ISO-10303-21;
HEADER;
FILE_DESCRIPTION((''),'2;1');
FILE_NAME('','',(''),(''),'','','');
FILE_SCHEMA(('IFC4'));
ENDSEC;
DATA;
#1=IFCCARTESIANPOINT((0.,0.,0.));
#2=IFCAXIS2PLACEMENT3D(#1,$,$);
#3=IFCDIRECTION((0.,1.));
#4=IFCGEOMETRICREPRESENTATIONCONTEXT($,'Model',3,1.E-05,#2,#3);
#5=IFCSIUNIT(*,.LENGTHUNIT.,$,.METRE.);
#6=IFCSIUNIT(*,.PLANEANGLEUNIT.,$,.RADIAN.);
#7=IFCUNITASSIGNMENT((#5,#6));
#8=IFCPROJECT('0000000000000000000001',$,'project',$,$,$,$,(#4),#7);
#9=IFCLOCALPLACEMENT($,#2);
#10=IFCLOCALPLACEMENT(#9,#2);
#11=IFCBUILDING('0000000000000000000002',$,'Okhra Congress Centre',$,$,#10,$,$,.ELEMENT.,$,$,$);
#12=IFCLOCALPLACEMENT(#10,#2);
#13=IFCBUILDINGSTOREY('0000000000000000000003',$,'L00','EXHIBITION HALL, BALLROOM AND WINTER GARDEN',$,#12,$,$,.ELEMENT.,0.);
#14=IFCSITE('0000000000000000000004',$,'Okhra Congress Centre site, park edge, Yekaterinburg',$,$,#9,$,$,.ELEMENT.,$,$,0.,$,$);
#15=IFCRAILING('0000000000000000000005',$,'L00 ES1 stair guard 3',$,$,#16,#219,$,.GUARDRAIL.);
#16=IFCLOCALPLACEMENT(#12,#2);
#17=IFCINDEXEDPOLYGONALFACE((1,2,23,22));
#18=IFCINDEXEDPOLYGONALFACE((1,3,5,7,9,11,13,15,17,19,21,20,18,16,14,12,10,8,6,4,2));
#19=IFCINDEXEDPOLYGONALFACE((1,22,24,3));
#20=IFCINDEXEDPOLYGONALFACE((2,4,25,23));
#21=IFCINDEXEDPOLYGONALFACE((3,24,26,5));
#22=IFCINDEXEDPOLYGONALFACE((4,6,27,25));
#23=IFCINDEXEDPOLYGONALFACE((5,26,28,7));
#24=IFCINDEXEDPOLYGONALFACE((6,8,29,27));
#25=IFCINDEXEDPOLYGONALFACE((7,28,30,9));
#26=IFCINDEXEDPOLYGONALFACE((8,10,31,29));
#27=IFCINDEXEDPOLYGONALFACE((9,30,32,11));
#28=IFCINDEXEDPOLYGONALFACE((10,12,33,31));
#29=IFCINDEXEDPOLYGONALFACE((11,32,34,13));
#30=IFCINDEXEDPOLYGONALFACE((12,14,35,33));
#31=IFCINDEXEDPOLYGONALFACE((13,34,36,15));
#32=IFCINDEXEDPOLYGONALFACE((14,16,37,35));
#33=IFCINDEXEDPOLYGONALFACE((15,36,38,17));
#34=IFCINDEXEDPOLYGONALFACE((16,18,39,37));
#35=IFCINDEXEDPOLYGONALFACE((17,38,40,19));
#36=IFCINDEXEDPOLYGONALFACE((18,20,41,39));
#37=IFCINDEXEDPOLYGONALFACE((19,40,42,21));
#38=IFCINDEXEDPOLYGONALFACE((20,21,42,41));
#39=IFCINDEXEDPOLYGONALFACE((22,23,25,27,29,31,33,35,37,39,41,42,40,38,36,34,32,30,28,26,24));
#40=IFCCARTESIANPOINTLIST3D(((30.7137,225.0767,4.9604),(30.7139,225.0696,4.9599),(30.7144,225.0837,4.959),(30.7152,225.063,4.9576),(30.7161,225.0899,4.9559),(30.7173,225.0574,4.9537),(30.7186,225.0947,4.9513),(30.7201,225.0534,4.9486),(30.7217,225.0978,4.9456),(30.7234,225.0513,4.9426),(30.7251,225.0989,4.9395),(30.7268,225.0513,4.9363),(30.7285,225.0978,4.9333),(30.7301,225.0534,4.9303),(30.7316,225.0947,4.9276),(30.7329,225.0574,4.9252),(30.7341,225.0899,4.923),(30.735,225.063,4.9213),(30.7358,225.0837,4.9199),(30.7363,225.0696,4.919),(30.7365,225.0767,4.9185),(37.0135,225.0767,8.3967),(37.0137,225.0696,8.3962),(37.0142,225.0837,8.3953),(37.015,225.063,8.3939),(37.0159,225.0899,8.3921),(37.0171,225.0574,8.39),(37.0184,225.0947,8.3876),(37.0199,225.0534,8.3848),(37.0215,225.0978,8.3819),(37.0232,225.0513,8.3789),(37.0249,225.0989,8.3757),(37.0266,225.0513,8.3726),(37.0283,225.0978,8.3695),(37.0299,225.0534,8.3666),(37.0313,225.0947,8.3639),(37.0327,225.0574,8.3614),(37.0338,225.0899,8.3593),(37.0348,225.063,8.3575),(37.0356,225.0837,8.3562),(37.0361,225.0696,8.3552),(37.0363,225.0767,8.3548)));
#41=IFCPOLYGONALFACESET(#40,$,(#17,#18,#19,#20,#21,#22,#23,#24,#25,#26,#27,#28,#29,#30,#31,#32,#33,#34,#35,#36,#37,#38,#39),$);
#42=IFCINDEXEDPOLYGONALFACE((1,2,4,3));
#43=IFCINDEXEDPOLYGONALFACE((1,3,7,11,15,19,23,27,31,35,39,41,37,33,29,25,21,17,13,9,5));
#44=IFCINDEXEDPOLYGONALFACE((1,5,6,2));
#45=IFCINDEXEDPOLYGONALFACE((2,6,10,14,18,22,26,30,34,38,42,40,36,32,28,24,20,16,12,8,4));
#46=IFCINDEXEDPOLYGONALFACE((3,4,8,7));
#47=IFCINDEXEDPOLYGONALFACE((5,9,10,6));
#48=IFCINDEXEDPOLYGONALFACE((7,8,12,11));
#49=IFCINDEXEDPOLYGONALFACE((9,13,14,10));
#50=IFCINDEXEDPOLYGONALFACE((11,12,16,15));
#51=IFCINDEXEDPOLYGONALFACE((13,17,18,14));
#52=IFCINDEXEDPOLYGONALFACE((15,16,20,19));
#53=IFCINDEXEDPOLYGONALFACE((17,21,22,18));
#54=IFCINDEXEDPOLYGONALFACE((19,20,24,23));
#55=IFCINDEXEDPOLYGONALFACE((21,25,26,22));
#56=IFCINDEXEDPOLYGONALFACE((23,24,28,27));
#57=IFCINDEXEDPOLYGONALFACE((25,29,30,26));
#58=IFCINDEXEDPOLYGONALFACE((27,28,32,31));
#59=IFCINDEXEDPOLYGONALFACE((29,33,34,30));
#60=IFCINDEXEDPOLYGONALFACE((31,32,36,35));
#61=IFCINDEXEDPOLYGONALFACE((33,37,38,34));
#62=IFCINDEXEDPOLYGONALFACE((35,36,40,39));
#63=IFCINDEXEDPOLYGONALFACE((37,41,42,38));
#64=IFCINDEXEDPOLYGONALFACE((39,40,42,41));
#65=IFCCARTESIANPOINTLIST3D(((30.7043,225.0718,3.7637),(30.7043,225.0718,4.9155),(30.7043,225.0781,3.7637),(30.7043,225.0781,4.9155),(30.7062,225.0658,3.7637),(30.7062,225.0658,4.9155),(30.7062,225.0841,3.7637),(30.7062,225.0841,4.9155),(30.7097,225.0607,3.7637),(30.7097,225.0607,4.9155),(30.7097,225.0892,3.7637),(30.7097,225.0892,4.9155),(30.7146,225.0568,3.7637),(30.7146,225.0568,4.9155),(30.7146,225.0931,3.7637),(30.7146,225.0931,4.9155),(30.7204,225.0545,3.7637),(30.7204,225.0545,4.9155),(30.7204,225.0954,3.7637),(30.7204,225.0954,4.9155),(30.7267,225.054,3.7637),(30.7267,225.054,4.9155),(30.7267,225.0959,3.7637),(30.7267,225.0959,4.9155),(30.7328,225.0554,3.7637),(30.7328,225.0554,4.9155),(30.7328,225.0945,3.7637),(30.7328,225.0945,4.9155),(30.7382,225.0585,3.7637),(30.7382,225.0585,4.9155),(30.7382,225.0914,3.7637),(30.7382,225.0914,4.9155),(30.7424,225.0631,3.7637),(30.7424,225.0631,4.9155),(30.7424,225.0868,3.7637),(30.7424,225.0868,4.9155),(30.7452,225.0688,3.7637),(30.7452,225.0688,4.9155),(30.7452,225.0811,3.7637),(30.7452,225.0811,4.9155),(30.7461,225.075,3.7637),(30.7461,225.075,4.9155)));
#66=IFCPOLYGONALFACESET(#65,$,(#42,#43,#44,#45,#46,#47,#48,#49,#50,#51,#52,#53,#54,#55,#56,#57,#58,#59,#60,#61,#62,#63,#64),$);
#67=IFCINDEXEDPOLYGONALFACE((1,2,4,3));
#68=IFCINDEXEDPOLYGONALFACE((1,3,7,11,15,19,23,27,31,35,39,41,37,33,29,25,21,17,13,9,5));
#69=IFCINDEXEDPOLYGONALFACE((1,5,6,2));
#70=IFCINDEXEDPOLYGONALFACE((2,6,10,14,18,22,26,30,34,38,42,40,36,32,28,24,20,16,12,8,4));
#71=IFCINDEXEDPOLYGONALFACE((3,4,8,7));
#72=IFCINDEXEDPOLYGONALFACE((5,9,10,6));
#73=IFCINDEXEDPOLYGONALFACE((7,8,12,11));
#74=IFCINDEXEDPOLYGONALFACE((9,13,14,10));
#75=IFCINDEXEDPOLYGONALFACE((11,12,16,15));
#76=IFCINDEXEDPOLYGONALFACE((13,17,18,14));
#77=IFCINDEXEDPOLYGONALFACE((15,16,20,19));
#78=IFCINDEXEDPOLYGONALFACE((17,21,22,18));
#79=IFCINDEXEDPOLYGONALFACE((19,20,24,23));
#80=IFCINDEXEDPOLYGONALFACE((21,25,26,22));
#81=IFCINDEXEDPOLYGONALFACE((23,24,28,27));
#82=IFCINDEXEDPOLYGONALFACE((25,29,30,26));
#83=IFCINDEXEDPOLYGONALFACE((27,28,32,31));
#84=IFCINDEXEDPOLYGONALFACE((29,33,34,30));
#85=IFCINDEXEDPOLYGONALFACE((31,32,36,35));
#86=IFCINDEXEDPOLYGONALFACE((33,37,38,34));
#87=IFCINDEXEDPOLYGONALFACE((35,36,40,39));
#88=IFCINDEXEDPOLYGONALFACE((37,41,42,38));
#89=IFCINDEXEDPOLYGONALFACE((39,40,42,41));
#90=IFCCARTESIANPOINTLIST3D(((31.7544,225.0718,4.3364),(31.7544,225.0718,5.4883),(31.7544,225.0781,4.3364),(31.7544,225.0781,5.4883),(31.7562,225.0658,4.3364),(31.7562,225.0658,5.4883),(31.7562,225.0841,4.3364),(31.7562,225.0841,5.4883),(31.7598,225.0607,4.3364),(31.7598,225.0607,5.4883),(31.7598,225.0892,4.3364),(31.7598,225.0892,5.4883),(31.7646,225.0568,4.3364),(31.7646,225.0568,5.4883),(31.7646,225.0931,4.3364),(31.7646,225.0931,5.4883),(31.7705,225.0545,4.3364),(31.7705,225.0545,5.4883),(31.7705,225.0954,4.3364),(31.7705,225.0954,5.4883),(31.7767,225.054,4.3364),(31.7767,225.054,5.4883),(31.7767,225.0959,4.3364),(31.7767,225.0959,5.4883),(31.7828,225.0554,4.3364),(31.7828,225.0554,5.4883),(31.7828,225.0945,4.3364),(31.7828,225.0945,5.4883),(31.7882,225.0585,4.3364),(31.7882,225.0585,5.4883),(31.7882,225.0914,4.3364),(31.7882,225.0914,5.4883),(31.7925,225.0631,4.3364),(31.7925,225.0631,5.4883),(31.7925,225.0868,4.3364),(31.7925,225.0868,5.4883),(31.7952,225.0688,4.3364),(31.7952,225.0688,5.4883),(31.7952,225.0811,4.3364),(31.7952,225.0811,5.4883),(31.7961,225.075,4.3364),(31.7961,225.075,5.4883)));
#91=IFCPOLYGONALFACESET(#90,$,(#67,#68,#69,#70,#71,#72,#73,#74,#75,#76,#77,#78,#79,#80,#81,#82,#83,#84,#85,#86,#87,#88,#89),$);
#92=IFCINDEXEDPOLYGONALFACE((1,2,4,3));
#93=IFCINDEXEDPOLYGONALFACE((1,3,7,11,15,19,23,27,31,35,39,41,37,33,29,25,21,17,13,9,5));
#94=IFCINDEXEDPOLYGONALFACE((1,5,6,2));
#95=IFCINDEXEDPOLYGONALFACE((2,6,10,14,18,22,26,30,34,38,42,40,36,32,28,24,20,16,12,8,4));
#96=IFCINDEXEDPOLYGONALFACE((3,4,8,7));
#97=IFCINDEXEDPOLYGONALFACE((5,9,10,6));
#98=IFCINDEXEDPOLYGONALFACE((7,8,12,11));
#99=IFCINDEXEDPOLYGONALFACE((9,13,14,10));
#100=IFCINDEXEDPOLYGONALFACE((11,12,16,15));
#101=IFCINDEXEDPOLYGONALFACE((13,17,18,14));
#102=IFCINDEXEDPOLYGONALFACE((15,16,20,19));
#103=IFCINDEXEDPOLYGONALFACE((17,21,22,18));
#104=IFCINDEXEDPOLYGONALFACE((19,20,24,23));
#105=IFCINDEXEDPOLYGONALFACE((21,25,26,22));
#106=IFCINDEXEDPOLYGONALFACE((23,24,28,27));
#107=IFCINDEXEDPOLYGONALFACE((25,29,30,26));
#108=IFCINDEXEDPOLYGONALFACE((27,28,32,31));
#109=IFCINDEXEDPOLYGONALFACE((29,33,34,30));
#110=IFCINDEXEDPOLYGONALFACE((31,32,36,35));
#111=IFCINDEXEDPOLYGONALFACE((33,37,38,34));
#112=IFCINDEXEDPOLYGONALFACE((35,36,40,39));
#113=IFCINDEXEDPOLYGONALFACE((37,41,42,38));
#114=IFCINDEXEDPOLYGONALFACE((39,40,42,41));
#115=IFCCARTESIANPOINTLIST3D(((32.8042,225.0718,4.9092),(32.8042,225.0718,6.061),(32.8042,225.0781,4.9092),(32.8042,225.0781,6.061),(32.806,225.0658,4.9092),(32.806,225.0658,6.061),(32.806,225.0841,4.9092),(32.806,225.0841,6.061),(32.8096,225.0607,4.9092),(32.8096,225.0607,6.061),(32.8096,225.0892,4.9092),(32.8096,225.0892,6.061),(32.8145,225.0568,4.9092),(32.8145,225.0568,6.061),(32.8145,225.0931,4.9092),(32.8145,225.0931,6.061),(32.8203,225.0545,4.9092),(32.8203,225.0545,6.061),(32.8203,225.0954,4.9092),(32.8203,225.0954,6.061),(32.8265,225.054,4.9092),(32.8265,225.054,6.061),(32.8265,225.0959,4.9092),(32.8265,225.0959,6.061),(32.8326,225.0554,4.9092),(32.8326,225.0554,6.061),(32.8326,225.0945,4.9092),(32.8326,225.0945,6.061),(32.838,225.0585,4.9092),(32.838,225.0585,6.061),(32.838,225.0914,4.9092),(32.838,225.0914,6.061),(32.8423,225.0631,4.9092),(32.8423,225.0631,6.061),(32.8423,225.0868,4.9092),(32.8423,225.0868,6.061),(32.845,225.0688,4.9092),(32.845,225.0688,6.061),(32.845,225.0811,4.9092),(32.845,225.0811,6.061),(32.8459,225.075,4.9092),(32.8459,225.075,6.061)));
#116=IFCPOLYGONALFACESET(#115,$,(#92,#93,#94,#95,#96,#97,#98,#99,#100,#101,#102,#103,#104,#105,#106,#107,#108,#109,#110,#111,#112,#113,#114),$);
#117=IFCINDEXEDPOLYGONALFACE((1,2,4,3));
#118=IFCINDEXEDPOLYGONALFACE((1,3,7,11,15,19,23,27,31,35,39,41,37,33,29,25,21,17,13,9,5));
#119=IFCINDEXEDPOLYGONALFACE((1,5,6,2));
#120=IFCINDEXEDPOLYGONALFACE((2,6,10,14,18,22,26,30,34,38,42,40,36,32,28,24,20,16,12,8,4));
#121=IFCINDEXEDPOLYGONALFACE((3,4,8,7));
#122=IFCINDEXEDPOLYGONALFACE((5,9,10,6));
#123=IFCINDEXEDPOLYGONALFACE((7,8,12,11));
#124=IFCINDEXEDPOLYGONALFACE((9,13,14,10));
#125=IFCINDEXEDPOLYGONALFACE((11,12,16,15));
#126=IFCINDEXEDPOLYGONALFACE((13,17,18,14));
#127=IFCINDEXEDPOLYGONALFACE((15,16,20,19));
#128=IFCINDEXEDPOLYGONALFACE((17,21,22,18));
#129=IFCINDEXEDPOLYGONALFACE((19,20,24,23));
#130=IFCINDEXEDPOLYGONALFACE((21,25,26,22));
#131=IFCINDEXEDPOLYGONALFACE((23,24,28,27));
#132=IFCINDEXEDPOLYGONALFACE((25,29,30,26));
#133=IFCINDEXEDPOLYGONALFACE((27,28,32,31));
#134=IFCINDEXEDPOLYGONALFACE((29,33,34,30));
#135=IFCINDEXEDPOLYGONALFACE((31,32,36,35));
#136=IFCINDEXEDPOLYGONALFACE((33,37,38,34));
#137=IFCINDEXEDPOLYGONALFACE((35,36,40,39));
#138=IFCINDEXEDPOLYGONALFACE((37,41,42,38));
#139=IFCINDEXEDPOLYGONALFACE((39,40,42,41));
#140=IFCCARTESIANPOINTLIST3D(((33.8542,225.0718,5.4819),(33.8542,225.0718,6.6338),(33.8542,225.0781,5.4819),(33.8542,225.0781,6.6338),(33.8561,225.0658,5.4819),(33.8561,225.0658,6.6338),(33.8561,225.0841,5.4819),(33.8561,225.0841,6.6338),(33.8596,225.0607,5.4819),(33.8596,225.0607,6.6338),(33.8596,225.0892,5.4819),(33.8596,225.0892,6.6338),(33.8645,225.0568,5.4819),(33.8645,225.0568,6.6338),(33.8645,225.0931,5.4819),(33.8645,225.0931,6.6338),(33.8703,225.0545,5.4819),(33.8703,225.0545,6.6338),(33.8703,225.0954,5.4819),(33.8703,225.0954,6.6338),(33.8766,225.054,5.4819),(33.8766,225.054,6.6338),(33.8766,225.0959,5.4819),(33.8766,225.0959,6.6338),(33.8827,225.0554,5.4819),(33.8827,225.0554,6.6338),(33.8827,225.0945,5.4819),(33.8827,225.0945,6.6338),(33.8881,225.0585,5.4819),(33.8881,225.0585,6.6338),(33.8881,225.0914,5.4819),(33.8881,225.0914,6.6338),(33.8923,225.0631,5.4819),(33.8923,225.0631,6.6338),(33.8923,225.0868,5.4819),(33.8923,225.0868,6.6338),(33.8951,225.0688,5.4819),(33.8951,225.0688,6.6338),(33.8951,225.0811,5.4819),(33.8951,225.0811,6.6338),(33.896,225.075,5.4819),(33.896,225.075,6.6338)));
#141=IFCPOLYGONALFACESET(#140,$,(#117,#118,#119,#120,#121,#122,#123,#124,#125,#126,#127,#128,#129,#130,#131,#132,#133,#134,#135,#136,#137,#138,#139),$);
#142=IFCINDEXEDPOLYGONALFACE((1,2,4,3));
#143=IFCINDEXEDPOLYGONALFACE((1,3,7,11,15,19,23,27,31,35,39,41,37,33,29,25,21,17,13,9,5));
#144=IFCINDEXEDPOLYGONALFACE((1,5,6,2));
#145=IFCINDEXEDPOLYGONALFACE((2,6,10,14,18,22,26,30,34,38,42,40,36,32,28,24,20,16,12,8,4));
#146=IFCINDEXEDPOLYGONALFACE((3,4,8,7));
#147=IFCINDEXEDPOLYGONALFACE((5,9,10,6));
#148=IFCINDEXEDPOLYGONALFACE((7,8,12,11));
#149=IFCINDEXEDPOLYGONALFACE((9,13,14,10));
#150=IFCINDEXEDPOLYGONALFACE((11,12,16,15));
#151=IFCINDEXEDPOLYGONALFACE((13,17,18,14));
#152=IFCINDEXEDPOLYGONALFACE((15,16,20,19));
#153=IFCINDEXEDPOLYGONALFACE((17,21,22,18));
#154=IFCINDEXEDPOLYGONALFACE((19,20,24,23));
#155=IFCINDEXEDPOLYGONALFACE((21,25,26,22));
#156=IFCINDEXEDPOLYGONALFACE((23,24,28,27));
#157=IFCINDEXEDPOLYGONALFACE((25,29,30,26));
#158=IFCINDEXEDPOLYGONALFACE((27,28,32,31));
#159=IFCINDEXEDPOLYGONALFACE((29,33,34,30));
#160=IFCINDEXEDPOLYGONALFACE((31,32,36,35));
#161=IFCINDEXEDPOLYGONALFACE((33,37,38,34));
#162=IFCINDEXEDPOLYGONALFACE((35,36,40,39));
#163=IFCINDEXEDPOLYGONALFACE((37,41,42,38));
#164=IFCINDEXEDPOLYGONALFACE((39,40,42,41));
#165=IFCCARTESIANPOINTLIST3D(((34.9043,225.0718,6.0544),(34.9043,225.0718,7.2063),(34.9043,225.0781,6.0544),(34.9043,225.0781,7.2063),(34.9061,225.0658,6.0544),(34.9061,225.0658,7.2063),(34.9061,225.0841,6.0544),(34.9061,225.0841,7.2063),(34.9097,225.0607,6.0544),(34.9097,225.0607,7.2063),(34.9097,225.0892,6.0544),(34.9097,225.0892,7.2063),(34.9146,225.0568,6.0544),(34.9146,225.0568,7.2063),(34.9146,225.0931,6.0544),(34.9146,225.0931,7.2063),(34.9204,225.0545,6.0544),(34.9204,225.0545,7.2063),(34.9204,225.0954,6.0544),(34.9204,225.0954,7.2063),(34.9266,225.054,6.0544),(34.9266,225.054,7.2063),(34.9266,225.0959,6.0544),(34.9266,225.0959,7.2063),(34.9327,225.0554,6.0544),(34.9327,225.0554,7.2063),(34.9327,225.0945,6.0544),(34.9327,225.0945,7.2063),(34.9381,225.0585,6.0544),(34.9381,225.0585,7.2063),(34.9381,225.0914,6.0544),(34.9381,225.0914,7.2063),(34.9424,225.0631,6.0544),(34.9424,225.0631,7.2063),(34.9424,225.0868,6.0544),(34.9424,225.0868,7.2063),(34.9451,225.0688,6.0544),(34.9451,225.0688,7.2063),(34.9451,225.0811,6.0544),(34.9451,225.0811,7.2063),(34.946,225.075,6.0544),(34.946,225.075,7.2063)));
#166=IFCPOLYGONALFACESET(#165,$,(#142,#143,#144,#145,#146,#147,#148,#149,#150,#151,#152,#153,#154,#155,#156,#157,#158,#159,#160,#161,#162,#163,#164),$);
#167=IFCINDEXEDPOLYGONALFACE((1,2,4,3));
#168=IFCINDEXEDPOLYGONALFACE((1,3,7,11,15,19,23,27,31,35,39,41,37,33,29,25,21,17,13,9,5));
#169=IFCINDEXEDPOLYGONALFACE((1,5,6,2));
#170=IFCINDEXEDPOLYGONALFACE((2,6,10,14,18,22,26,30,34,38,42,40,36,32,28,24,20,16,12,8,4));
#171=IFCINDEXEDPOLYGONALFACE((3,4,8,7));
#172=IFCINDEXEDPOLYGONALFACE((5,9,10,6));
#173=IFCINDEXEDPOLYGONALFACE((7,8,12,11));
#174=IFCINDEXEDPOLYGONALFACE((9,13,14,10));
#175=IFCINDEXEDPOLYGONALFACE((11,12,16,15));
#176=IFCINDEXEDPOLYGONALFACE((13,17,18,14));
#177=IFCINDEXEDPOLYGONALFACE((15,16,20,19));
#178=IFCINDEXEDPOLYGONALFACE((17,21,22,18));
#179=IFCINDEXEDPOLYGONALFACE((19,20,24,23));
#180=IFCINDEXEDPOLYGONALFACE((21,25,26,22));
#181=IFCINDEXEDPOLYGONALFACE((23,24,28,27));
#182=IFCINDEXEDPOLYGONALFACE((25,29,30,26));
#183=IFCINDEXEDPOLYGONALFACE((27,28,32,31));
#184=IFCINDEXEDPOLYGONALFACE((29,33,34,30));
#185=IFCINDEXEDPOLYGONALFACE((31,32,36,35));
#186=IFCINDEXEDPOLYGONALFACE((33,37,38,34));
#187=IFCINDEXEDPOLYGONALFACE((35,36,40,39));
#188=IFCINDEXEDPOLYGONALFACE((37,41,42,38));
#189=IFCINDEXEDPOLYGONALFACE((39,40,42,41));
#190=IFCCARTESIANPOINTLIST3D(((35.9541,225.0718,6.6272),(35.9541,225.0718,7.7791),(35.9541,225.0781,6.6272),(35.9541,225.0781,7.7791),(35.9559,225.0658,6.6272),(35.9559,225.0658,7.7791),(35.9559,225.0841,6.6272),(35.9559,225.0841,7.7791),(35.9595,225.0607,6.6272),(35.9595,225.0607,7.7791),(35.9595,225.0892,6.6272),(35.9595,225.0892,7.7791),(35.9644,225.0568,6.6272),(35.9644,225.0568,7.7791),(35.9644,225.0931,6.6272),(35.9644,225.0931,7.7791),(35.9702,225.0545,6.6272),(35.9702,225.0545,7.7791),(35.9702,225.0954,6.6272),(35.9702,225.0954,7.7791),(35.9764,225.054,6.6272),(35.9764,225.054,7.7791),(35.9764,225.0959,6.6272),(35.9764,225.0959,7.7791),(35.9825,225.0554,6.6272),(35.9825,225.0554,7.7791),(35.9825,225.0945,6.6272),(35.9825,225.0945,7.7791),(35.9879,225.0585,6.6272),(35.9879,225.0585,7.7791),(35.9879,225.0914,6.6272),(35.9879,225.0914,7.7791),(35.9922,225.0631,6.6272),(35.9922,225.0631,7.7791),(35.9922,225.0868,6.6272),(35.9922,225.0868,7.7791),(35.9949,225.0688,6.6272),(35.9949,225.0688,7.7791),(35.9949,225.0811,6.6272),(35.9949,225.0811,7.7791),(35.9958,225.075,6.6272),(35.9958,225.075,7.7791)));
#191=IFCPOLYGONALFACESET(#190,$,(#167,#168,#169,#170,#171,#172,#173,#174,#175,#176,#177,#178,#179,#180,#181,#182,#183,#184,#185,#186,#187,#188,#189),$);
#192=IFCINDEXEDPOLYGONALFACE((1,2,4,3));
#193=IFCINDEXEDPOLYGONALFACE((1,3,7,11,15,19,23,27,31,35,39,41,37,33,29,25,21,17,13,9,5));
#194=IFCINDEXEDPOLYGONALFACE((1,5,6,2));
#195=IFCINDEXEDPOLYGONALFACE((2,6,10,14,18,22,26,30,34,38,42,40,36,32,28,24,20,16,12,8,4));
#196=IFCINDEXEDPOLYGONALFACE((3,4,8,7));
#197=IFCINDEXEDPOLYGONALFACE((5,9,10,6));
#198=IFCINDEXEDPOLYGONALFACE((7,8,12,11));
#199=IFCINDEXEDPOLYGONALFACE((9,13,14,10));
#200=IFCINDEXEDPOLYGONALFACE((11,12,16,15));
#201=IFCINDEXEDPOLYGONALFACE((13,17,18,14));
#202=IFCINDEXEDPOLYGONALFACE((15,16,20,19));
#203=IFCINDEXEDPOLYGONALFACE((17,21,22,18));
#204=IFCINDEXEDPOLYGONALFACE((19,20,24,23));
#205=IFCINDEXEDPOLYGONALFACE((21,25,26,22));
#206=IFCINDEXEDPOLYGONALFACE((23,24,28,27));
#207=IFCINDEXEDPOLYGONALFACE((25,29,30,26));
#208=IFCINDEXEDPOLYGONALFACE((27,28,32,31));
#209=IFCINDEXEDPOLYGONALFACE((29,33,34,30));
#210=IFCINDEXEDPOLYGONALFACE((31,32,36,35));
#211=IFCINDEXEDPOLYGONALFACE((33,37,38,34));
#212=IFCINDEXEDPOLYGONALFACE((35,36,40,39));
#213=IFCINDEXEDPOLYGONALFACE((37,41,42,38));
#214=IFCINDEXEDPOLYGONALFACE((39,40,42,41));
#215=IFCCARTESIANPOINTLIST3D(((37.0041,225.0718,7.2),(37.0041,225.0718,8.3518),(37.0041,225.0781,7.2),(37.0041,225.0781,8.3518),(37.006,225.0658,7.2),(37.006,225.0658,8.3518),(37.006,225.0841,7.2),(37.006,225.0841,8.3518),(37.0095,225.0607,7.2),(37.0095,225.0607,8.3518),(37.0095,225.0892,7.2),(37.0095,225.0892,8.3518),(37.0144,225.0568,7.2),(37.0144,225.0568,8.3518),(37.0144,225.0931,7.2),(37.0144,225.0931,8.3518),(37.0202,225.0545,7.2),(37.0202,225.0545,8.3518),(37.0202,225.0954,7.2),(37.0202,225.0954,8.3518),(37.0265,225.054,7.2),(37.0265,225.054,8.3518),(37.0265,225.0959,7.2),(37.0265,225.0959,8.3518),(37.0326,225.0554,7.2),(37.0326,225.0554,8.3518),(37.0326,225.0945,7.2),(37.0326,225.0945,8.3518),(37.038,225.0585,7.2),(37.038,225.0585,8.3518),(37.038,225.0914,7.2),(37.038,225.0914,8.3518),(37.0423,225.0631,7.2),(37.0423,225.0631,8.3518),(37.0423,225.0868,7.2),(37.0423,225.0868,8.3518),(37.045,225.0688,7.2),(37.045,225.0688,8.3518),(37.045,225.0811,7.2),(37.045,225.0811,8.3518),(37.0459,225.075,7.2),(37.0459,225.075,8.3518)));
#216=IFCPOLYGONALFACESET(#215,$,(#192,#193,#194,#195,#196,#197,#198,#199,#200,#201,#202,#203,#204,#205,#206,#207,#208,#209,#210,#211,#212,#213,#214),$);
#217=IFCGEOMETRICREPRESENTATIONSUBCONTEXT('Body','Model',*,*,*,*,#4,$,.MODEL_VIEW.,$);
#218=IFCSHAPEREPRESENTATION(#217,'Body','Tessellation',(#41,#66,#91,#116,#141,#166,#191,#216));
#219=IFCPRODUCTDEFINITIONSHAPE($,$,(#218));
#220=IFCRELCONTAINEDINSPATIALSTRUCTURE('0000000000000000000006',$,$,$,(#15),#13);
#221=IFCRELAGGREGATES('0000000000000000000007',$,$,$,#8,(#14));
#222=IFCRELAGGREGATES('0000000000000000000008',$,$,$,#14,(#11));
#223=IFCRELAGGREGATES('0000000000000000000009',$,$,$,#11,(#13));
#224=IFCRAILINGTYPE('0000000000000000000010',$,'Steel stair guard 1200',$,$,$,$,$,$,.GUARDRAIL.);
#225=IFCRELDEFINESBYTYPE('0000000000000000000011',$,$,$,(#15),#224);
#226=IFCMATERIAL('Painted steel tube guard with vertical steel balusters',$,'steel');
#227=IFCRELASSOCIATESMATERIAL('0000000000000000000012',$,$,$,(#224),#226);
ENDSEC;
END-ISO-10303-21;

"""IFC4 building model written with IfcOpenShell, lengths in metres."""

from ifc_helpers import new_model, si_unit, direction, frame, origin, origin_2d, place, context, subcontext, project, spatial, circle, extrude, material, type_object, element, save


model = new_model("IFC4")

# Units and contexts
model_context = context("Model", 3, precision=1e-05, world=origin(), true_north=direction((0.0, 1.0)))
body_context = subcontext(model_context, "Body", "Model", "MODEL_VIEW")
ifc_project = project(units=[si_unit("LENGTHUNIT", "METRE"), si_unit("PLANEANGLEUNIT", "RADIAN")], contexts=[model_context])

# Site, building, storey
site_placement = place(None, origin())
site = spatial("IfcSite", under=ifc_project, at=site_placement, Name="Okhra Congress Centre site, park edge, Yekaterinburg", CompositionType="ELEMENT", RefElevation=0.0)
building_placement = place(site_placement, origin())
building = spatial("IfcBuilding", under=site, at=building_placement, Name="Okhra Congress Centre", CompositionType="ELEMENT")
storey_placement = place(building_placement, origin())
storey = spatial("IfcBuildingStorey", under=building, at=storey_placement, Name="L00", Description="EXHIBITION HALL, BALLROOM AND WINTER GARDEN", CompositionType="ELEMENT", Elevation=0.0)

# Railing
ifc_material_1 = material(Name="Painted steel tube guard with vertical steel balusters", Category="steel")
railing_type_1 = type_object("IfcRailingType", Name="Steel stair guard 1200", PredefinedType="GUARDRAIL", material=ifc_material_1)
railing_1_placement = place(storey_placement, frame((30.7251, 225.075, 3.7637)))
element("IfcRailing", 1, at=railing_1_placement, inside=storey, type_object=railing_type_1, Name="L00 ES1 stair guard 3", PredefinedType="GUARDRAIL", context=body_context, shape_type="SweptSolid", body=[
    extrude(circle(Radius=0.0239, at=origin_2d()), frame((0.0, 0.0, 1.1758), z_axis=(0.877894, 0.0, 0.478855), x_axis=(0.0, 1.0, 0.0)), (0.0, 0.0, 1.0), 7.176),
    extrude(circle(Radius=0.021, at=origin_2d()), origin(), (0.0, 0.0, 1.0), 1.1519),
    extrude(circle(Radius=0.021, at=origin_2d()), frame((1.05, 0.0, 0.5728)), (0.0, 0.0, 1.0), 1.1519),
    extrude(circle(Radius=0.021, at=origin_2d()), frame((2.0999, 0.0, 1.1455)), (0.0, 0.0, 1.0), 1.1519),
    extrude(circle(Radius=0.021, at=origin_2d()), frame((3.1499, 0.0, 1.7183)), (0.0, 0.0, 1.0), 1.1519),
    extrude(circle(Radius=0.021, at=origin_2d()), frame((4.2, 0.0, 2.2908)), (0.0, 0.0, 1.0), 1.1519),
    extrude(circle(Radius=0.021, at=origin_2d()), frame((5.2498, 0.0, 2.8635)), (0.0, 0.0, 1.0), 1.1519),
    extrude(circle(Radius=0.021, at=origin_2d()), frame((6.2998, 0.0, 3.4363)), (0.0, 0.0, 1.0), 1.1519),
])

save(model, "model.ifc")
